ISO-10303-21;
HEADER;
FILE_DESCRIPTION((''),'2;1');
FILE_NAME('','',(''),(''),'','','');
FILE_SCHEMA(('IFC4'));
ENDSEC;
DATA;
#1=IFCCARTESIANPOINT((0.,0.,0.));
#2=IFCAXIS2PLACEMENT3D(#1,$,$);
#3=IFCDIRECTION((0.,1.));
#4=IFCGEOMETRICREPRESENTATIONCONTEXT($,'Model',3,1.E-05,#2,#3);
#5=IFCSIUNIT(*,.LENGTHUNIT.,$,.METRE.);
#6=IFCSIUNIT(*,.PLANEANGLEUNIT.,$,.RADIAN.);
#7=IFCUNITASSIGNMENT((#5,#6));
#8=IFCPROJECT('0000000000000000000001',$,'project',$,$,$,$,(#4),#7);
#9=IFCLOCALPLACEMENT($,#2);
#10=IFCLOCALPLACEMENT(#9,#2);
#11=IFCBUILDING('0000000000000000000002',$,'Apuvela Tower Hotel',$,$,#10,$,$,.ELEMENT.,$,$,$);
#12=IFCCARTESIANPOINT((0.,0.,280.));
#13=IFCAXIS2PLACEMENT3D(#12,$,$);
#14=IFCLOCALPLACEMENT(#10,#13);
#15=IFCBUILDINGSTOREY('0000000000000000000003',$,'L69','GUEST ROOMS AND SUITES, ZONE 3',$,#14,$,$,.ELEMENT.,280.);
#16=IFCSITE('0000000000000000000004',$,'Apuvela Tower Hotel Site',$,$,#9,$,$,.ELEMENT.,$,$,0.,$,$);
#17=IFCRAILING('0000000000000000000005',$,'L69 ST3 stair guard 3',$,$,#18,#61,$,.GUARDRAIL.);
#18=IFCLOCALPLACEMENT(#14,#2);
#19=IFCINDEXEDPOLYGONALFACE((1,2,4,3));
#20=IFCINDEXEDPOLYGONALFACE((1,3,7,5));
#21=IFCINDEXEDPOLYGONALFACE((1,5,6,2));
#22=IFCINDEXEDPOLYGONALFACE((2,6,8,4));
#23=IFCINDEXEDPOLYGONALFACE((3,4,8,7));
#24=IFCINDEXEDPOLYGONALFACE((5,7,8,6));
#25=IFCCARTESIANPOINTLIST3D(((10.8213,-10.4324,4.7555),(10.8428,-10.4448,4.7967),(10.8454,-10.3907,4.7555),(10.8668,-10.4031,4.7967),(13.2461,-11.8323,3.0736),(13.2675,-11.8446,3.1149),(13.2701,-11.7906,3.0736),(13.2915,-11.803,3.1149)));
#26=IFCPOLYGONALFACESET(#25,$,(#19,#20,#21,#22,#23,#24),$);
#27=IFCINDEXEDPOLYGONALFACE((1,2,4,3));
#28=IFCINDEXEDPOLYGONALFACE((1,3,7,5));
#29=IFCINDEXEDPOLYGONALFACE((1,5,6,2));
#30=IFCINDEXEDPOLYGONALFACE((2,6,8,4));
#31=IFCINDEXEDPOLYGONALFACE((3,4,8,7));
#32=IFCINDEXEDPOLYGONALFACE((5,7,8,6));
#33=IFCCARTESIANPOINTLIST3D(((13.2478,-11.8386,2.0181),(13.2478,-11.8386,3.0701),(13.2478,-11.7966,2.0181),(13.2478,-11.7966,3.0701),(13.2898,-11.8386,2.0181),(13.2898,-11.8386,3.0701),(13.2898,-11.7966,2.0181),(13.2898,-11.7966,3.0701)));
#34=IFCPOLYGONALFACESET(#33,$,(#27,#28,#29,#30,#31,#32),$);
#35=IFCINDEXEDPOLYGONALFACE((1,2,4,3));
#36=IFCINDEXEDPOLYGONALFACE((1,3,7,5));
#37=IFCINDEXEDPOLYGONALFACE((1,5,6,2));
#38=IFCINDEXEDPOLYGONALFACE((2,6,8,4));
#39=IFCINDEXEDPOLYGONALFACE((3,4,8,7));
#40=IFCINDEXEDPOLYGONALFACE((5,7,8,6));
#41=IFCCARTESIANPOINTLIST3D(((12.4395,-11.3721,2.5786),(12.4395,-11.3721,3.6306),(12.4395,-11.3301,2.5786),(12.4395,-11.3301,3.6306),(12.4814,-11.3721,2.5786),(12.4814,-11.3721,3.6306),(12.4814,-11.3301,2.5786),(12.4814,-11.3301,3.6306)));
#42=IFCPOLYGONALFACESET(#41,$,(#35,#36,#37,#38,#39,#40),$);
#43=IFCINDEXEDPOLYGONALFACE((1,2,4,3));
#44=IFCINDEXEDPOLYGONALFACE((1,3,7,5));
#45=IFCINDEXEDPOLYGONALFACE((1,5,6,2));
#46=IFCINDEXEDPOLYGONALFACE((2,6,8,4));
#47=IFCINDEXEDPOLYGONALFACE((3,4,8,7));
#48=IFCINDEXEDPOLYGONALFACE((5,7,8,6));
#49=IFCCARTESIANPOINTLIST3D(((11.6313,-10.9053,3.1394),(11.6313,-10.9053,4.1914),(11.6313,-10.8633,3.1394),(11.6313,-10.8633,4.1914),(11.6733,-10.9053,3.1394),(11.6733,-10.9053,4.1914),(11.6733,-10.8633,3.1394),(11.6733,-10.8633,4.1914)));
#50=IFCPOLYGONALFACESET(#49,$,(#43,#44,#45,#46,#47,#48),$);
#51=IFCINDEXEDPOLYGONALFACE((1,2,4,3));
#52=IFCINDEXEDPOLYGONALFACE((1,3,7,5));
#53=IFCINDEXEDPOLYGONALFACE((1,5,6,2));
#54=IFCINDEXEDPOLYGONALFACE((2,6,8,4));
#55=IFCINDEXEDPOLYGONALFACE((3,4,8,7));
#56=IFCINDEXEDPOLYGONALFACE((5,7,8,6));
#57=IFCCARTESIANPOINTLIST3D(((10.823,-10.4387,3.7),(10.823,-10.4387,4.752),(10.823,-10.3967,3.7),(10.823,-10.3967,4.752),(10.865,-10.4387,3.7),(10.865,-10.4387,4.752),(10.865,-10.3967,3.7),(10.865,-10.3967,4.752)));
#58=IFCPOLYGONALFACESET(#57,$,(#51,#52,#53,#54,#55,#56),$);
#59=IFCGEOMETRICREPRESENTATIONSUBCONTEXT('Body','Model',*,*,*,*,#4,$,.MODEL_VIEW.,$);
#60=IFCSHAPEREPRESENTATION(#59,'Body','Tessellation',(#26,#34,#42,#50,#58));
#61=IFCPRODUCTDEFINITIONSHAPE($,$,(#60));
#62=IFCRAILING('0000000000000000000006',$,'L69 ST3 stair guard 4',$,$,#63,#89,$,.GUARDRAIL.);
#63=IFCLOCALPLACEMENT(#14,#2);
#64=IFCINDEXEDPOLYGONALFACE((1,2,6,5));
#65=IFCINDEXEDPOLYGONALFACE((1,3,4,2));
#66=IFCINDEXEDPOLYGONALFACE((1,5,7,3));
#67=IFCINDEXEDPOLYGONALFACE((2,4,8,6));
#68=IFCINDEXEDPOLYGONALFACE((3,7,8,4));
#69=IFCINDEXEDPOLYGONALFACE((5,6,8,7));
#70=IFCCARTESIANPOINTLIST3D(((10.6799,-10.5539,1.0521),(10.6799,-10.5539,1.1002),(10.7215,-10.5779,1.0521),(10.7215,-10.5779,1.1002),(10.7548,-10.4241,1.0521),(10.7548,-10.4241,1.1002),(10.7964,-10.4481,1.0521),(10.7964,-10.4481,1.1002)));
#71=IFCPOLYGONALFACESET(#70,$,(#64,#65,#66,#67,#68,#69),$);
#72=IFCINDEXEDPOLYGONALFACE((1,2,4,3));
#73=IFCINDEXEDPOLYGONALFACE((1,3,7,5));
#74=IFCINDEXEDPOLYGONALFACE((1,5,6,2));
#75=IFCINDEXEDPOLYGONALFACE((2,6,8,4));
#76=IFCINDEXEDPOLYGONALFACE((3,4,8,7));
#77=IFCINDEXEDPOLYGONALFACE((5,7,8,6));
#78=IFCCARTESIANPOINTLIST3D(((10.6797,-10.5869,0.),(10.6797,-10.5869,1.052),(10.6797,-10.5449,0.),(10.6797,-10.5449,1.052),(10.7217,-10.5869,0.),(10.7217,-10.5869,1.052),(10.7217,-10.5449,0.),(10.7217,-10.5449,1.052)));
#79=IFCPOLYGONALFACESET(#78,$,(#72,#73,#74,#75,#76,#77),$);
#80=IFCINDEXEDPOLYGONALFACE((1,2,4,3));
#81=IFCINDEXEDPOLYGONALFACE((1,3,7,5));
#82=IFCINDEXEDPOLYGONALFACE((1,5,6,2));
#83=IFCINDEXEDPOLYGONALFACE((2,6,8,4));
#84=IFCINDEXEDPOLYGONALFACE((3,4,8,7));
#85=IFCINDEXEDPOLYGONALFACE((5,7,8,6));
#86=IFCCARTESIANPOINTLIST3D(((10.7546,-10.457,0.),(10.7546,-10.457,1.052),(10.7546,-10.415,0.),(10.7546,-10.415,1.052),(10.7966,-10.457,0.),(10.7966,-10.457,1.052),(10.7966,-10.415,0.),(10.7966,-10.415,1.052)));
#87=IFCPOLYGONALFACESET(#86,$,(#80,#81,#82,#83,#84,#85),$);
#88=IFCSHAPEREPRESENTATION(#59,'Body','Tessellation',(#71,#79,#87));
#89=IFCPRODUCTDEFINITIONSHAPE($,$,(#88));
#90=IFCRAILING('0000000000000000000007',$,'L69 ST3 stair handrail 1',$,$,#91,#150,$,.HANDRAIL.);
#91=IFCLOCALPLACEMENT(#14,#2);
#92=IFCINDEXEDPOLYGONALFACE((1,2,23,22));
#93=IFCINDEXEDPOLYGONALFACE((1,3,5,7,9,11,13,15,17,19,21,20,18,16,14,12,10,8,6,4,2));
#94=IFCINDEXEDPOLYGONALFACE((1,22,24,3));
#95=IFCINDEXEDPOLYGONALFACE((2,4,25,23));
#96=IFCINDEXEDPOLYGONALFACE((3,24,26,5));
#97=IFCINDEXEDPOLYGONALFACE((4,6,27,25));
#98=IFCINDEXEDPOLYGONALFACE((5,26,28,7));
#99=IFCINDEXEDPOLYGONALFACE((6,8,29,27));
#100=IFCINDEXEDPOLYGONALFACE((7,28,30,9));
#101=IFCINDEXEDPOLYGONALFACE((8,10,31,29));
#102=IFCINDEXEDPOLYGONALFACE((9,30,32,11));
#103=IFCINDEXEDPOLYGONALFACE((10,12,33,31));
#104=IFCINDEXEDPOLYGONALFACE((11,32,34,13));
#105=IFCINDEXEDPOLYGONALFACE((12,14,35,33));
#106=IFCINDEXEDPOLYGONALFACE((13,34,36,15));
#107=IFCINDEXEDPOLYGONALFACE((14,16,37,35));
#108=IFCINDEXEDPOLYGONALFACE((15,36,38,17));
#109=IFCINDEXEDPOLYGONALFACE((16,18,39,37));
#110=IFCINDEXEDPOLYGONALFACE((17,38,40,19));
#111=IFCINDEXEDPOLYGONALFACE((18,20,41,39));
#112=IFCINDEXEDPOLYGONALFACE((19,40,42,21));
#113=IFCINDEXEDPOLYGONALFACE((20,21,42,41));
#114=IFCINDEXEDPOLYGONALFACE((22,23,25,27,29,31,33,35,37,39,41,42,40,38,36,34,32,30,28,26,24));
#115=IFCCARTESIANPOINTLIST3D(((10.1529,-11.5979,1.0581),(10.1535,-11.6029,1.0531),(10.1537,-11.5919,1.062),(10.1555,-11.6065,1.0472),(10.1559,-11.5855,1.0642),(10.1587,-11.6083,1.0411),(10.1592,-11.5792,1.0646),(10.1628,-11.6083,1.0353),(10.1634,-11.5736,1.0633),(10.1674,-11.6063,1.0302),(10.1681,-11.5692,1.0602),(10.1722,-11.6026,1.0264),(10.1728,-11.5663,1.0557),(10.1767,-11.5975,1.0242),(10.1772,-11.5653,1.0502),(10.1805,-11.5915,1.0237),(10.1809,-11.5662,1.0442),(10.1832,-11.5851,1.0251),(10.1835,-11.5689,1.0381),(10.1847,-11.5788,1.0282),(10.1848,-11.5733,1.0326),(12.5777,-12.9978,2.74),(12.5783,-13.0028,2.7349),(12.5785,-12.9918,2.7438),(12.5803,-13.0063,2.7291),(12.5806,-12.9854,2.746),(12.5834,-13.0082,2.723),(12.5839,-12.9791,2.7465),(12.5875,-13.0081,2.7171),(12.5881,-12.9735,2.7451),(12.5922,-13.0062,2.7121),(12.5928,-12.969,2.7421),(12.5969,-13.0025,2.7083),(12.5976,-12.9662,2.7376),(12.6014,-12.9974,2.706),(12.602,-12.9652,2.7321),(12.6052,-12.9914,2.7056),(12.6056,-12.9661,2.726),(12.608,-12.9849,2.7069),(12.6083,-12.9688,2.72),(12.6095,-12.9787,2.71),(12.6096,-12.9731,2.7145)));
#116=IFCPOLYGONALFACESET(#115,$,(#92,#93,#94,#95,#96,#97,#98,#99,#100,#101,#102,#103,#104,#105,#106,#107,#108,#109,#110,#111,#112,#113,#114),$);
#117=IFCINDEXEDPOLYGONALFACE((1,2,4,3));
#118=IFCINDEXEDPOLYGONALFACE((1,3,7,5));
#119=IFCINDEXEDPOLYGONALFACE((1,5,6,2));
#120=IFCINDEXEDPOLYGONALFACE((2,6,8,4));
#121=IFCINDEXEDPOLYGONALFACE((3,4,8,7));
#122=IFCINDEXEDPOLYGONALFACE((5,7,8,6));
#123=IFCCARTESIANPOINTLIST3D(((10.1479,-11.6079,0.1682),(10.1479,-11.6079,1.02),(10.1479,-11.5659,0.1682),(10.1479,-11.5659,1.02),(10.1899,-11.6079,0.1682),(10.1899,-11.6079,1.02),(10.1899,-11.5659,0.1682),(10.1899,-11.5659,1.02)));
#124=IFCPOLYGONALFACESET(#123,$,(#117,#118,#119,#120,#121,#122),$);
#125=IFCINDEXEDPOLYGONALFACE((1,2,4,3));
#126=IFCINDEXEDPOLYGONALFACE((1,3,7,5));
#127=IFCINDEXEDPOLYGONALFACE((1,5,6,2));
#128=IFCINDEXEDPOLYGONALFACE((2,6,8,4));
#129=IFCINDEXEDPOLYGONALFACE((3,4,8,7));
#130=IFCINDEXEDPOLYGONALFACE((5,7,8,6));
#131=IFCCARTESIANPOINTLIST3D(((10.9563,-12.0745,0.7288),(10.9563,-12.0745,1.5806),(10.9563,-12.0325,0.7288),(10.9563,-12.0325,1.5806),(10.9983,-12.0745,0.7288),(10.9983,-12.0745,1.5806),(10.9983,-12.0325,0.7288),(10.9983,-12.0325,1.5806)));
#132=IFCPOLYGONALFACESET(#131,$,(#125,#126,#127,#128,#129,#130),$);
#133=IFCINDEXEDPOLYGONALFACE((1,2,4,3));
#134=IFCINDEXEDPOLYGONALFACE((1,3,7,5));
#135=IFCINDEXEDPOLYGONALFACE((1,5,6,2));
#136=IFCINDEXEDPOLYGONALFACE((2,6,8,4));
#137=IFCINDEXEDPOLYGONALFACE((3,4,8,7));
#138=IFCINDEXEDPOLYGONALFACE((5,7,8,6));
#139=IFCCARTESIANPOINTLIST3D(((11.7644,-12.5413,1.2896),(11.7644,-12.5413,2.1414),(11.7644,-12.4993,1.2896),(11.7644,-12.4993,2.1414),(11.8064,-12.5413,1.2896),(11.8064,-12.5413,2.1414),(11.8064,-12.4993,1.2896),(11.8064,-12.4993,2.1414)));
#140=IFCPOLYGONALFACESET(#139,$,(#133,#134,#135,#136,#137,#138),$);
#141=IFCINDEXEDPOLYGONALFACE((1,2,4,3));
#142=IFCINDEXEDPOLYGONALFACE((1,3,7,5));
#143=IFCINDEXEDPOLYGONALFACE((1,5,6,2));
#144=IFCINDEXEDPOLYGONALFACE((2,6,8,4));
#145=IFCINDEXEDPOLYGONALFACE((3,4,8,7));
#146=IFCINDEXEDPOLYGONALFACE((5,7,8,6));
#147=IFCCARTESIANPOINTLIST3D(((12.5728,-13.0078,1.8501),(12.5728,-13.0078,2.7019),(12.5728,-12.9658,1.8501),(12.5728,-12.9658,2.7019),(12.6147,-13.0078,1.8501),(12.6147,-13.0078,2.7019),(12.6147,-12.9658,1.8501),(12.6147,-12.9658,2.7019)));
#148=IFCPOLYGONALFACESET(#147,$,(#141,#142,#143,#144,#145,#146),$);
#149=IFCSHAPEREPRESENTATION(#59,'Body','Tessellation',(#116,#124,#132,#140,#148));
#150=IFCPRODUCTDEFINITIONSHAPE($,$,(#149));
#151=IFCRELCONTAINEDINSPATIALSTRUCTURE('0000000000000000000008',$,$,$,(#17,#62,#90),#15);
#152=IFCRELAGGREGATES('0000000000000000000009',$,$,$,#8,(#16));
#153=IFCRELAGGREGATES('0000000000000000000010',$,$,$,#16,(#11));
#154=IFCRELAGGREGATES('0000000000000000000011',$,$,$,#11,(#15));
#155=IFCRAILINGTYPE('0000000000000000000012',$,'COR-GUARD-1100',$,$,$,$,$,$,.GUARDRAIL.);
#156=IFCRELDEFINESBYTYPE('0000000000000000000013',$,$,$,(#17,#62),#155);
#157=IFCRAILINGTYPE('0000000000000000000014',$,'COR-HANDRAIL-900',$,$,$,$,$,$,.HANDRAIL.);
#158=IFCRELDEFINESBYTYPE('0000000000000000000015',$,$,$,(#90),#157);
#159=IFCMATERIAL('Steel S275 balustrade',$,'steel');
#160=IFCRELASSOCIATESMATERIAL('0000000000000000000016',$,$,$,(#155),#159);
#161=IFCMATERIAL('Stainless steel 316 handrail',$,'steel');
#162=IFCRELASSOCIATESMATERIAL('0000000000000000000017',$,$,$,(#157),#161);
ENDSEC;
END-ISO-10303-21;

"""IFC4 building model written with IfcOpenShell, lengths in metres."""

from ifc_helpers import new_model, si_unit, direction, frame, origin, origin_2d, place, context, subcontext, project, spatial, rectangle, circle, extrude, material, type_object, element, save


model = new_model("IFC4")

# Units and contexts
model_context = context("Model", 3, precision=1e-05, world=origin(), true_north=direction((0.0, 1.0)))
body_context = subcontext(model_context, "Body", "Model", "MODEL_VIEW")
ifc_project = project(units=[si_unit("LENGTHUNIT", "METRE"), si_unit("PLANEANGLEUNIT", "RADIAN")], contexts=[model_context])

# Site, building, storey
site_placement = place(None, origin())
site = spatial("IfcSite", under=ifc_project, at=site_placement, Name="Apuvela Tower Hotel Site", CompositionType="ELEMENT", RefElevation=0.0)
building_placement = place(site_placement, origin())
building = spatial("IfcBuilding", under=site, at=building_placement, Name="Apuvela Tower Hotel", CompositionType="ELEMENT")
storey_placement = place(building_placement, frame((0.0, 0.0, 280.0)))
storey = spatial("IfcBuildingStorey", under=building, at=storey_placement, Name="L69", Description="GUEST ROOMS AND SUITES, ZONE 3", CompositionType="ELEMENT", Elevation=280.0)

# Railings
ifc_material_1 = material(Name="Steel S275 balustrade", Category="steel")
railing_type_1 = type_object("IfcRailingType", Name="COR-GUARD-1100", PredefinedType="GUARDRAIL", material=ifc_material_1)
railing_1_placement = place(storey_placement, frame((13.2688, -11.8176, 2.0181)))
element("IfcRailing", 1, at=railing_1_placement, inside=storey, type_object=railing_type_1, Name="L69 ST3 stair guard 3", PredefinedType="GUARDRAIL", context=body_context, shape_type="SweptSolid", body=[
    extrude(rectangle(XDim=0.0481, YDim=0.0481, at=origin_2d()), frame((0.0, 0.0, 1.0762), z_axis=(-0.74239, 0.428601, 0.514934), x_axis=(-0.499984, -0.866035, 0.0)), (0.0, 0.0, 1.0), 3.2661),
    extrude(rectangle(XDim=0.042, YDim=0.042, at=origin_2d()), origin(), (0.0, 0.0, 1.0), 1.052),
    extrude(rectangle(XDim=0.042, YDim=0.042, at=origin_2d()), frame((-0.8083, 0.4666, 0.5605)), (0.0, 0.0, 1.0), 1.052),
    extrude(rectangle(XDim=0.042, YDim=0.042, at=origin_2d()), frame((-1.6165, 0.9333, 1.1213)), (0.0, 0.0, 1.0), 1.052),
    extrude(rectangle(XDim=0.042, YDim=0.042, at=origin_2d()), frame((-2.4248, 1.3999, 1.6819)), (0.0, 0.0, 1.0), 1.052),
])
railing_2_placement = place(storey_placement, frame((10.7007, -10.5659, 0.0)))
element("IfcRailing", 2, at=railing_2_placement, inside=storey, type_object=railing_type_1, Name="L69 ST3 stair guard 4", PredefinedType="GUARDRAIL", context=body_context, shape_type="SweptSolid", body=[
    extrude(rectangle(XDim=0.0481, YDim=0.0481, at=origin_2d()), frame((0.0, 0.0, 1.0762), z_axis=(0.499816, 0.866131, 0.0), x_axis=(-0.866131, 0.499816, 0.0)), (0.0, 0.0, 1.0), 0.1499),
    extrude(rectangle(XDim=0.042, YDim=0.042, at=origin_2d()), origin(), (0.0, 0.0, 1.0), 1.052),
    extrude(rectangle(XDim=0.042, YDim=0.042, at=origin_2d()), frame((0.075, 0.1299, 0.0)), (0.0, 0.0, 1.0), 1.052),
])
ifc_material_2 = material(Name="Stainless steel 316 handrail", Category="steel")
railing_type_2 = type_object("IfcRailingType", Name="COR-HANDRAIL-900", PredefinedType="HANDRAIL", material=ifc_material_2)
railing_3_placement = place(storey_placement, frame((10.1689, -11.5869, 0.1682)))
element("IfcRailing", 3, at=railing_3_placement, inside=storey, type_object=railing_type_2, Name="L69 ST3 stair handrail 1", PredefinedType="HANDRAIL", context=body_context, shape_type="SweptSolid", body=[
    extrude(circle(Radius=0.0239, at=origin_2d()), frame((0.0, 0.0, 0.876), z_axis=(0.74239, -0.428601, 0.514934), x_axis=(0.499984, 0.866035, 0.0)), (0.0, 0.0, 1.0), 3.2661),
    extrude(rectangle(XDim=0.042, YDim=0.042, at=origin_2d()), origin(), (0.0, 0.0, 1.0), 0.8518),
    extrude(rectangle(XDim=0.042, YDim=0.042, at=origin_2d()), frame((0.8083, -0.4666, 0.5605)), (0.0, 0.0, 1.0), 0.8518),
    extrude(rectangle(XDim=0.042, YDim=0.042, at=origin_2d()), frame((1.6165, -0.9333, 1.1213)), (0.0, 0.0, 1.0), 0.8518),
    extrude(rectangle(XDim=0.042, YDim=0.042, at=origin_2d()), frame((2.4248, -1.3999, 1.6819)), (0.0, 0.0, 1.0), 0.8518),
])

save(model, "model.ifc")
